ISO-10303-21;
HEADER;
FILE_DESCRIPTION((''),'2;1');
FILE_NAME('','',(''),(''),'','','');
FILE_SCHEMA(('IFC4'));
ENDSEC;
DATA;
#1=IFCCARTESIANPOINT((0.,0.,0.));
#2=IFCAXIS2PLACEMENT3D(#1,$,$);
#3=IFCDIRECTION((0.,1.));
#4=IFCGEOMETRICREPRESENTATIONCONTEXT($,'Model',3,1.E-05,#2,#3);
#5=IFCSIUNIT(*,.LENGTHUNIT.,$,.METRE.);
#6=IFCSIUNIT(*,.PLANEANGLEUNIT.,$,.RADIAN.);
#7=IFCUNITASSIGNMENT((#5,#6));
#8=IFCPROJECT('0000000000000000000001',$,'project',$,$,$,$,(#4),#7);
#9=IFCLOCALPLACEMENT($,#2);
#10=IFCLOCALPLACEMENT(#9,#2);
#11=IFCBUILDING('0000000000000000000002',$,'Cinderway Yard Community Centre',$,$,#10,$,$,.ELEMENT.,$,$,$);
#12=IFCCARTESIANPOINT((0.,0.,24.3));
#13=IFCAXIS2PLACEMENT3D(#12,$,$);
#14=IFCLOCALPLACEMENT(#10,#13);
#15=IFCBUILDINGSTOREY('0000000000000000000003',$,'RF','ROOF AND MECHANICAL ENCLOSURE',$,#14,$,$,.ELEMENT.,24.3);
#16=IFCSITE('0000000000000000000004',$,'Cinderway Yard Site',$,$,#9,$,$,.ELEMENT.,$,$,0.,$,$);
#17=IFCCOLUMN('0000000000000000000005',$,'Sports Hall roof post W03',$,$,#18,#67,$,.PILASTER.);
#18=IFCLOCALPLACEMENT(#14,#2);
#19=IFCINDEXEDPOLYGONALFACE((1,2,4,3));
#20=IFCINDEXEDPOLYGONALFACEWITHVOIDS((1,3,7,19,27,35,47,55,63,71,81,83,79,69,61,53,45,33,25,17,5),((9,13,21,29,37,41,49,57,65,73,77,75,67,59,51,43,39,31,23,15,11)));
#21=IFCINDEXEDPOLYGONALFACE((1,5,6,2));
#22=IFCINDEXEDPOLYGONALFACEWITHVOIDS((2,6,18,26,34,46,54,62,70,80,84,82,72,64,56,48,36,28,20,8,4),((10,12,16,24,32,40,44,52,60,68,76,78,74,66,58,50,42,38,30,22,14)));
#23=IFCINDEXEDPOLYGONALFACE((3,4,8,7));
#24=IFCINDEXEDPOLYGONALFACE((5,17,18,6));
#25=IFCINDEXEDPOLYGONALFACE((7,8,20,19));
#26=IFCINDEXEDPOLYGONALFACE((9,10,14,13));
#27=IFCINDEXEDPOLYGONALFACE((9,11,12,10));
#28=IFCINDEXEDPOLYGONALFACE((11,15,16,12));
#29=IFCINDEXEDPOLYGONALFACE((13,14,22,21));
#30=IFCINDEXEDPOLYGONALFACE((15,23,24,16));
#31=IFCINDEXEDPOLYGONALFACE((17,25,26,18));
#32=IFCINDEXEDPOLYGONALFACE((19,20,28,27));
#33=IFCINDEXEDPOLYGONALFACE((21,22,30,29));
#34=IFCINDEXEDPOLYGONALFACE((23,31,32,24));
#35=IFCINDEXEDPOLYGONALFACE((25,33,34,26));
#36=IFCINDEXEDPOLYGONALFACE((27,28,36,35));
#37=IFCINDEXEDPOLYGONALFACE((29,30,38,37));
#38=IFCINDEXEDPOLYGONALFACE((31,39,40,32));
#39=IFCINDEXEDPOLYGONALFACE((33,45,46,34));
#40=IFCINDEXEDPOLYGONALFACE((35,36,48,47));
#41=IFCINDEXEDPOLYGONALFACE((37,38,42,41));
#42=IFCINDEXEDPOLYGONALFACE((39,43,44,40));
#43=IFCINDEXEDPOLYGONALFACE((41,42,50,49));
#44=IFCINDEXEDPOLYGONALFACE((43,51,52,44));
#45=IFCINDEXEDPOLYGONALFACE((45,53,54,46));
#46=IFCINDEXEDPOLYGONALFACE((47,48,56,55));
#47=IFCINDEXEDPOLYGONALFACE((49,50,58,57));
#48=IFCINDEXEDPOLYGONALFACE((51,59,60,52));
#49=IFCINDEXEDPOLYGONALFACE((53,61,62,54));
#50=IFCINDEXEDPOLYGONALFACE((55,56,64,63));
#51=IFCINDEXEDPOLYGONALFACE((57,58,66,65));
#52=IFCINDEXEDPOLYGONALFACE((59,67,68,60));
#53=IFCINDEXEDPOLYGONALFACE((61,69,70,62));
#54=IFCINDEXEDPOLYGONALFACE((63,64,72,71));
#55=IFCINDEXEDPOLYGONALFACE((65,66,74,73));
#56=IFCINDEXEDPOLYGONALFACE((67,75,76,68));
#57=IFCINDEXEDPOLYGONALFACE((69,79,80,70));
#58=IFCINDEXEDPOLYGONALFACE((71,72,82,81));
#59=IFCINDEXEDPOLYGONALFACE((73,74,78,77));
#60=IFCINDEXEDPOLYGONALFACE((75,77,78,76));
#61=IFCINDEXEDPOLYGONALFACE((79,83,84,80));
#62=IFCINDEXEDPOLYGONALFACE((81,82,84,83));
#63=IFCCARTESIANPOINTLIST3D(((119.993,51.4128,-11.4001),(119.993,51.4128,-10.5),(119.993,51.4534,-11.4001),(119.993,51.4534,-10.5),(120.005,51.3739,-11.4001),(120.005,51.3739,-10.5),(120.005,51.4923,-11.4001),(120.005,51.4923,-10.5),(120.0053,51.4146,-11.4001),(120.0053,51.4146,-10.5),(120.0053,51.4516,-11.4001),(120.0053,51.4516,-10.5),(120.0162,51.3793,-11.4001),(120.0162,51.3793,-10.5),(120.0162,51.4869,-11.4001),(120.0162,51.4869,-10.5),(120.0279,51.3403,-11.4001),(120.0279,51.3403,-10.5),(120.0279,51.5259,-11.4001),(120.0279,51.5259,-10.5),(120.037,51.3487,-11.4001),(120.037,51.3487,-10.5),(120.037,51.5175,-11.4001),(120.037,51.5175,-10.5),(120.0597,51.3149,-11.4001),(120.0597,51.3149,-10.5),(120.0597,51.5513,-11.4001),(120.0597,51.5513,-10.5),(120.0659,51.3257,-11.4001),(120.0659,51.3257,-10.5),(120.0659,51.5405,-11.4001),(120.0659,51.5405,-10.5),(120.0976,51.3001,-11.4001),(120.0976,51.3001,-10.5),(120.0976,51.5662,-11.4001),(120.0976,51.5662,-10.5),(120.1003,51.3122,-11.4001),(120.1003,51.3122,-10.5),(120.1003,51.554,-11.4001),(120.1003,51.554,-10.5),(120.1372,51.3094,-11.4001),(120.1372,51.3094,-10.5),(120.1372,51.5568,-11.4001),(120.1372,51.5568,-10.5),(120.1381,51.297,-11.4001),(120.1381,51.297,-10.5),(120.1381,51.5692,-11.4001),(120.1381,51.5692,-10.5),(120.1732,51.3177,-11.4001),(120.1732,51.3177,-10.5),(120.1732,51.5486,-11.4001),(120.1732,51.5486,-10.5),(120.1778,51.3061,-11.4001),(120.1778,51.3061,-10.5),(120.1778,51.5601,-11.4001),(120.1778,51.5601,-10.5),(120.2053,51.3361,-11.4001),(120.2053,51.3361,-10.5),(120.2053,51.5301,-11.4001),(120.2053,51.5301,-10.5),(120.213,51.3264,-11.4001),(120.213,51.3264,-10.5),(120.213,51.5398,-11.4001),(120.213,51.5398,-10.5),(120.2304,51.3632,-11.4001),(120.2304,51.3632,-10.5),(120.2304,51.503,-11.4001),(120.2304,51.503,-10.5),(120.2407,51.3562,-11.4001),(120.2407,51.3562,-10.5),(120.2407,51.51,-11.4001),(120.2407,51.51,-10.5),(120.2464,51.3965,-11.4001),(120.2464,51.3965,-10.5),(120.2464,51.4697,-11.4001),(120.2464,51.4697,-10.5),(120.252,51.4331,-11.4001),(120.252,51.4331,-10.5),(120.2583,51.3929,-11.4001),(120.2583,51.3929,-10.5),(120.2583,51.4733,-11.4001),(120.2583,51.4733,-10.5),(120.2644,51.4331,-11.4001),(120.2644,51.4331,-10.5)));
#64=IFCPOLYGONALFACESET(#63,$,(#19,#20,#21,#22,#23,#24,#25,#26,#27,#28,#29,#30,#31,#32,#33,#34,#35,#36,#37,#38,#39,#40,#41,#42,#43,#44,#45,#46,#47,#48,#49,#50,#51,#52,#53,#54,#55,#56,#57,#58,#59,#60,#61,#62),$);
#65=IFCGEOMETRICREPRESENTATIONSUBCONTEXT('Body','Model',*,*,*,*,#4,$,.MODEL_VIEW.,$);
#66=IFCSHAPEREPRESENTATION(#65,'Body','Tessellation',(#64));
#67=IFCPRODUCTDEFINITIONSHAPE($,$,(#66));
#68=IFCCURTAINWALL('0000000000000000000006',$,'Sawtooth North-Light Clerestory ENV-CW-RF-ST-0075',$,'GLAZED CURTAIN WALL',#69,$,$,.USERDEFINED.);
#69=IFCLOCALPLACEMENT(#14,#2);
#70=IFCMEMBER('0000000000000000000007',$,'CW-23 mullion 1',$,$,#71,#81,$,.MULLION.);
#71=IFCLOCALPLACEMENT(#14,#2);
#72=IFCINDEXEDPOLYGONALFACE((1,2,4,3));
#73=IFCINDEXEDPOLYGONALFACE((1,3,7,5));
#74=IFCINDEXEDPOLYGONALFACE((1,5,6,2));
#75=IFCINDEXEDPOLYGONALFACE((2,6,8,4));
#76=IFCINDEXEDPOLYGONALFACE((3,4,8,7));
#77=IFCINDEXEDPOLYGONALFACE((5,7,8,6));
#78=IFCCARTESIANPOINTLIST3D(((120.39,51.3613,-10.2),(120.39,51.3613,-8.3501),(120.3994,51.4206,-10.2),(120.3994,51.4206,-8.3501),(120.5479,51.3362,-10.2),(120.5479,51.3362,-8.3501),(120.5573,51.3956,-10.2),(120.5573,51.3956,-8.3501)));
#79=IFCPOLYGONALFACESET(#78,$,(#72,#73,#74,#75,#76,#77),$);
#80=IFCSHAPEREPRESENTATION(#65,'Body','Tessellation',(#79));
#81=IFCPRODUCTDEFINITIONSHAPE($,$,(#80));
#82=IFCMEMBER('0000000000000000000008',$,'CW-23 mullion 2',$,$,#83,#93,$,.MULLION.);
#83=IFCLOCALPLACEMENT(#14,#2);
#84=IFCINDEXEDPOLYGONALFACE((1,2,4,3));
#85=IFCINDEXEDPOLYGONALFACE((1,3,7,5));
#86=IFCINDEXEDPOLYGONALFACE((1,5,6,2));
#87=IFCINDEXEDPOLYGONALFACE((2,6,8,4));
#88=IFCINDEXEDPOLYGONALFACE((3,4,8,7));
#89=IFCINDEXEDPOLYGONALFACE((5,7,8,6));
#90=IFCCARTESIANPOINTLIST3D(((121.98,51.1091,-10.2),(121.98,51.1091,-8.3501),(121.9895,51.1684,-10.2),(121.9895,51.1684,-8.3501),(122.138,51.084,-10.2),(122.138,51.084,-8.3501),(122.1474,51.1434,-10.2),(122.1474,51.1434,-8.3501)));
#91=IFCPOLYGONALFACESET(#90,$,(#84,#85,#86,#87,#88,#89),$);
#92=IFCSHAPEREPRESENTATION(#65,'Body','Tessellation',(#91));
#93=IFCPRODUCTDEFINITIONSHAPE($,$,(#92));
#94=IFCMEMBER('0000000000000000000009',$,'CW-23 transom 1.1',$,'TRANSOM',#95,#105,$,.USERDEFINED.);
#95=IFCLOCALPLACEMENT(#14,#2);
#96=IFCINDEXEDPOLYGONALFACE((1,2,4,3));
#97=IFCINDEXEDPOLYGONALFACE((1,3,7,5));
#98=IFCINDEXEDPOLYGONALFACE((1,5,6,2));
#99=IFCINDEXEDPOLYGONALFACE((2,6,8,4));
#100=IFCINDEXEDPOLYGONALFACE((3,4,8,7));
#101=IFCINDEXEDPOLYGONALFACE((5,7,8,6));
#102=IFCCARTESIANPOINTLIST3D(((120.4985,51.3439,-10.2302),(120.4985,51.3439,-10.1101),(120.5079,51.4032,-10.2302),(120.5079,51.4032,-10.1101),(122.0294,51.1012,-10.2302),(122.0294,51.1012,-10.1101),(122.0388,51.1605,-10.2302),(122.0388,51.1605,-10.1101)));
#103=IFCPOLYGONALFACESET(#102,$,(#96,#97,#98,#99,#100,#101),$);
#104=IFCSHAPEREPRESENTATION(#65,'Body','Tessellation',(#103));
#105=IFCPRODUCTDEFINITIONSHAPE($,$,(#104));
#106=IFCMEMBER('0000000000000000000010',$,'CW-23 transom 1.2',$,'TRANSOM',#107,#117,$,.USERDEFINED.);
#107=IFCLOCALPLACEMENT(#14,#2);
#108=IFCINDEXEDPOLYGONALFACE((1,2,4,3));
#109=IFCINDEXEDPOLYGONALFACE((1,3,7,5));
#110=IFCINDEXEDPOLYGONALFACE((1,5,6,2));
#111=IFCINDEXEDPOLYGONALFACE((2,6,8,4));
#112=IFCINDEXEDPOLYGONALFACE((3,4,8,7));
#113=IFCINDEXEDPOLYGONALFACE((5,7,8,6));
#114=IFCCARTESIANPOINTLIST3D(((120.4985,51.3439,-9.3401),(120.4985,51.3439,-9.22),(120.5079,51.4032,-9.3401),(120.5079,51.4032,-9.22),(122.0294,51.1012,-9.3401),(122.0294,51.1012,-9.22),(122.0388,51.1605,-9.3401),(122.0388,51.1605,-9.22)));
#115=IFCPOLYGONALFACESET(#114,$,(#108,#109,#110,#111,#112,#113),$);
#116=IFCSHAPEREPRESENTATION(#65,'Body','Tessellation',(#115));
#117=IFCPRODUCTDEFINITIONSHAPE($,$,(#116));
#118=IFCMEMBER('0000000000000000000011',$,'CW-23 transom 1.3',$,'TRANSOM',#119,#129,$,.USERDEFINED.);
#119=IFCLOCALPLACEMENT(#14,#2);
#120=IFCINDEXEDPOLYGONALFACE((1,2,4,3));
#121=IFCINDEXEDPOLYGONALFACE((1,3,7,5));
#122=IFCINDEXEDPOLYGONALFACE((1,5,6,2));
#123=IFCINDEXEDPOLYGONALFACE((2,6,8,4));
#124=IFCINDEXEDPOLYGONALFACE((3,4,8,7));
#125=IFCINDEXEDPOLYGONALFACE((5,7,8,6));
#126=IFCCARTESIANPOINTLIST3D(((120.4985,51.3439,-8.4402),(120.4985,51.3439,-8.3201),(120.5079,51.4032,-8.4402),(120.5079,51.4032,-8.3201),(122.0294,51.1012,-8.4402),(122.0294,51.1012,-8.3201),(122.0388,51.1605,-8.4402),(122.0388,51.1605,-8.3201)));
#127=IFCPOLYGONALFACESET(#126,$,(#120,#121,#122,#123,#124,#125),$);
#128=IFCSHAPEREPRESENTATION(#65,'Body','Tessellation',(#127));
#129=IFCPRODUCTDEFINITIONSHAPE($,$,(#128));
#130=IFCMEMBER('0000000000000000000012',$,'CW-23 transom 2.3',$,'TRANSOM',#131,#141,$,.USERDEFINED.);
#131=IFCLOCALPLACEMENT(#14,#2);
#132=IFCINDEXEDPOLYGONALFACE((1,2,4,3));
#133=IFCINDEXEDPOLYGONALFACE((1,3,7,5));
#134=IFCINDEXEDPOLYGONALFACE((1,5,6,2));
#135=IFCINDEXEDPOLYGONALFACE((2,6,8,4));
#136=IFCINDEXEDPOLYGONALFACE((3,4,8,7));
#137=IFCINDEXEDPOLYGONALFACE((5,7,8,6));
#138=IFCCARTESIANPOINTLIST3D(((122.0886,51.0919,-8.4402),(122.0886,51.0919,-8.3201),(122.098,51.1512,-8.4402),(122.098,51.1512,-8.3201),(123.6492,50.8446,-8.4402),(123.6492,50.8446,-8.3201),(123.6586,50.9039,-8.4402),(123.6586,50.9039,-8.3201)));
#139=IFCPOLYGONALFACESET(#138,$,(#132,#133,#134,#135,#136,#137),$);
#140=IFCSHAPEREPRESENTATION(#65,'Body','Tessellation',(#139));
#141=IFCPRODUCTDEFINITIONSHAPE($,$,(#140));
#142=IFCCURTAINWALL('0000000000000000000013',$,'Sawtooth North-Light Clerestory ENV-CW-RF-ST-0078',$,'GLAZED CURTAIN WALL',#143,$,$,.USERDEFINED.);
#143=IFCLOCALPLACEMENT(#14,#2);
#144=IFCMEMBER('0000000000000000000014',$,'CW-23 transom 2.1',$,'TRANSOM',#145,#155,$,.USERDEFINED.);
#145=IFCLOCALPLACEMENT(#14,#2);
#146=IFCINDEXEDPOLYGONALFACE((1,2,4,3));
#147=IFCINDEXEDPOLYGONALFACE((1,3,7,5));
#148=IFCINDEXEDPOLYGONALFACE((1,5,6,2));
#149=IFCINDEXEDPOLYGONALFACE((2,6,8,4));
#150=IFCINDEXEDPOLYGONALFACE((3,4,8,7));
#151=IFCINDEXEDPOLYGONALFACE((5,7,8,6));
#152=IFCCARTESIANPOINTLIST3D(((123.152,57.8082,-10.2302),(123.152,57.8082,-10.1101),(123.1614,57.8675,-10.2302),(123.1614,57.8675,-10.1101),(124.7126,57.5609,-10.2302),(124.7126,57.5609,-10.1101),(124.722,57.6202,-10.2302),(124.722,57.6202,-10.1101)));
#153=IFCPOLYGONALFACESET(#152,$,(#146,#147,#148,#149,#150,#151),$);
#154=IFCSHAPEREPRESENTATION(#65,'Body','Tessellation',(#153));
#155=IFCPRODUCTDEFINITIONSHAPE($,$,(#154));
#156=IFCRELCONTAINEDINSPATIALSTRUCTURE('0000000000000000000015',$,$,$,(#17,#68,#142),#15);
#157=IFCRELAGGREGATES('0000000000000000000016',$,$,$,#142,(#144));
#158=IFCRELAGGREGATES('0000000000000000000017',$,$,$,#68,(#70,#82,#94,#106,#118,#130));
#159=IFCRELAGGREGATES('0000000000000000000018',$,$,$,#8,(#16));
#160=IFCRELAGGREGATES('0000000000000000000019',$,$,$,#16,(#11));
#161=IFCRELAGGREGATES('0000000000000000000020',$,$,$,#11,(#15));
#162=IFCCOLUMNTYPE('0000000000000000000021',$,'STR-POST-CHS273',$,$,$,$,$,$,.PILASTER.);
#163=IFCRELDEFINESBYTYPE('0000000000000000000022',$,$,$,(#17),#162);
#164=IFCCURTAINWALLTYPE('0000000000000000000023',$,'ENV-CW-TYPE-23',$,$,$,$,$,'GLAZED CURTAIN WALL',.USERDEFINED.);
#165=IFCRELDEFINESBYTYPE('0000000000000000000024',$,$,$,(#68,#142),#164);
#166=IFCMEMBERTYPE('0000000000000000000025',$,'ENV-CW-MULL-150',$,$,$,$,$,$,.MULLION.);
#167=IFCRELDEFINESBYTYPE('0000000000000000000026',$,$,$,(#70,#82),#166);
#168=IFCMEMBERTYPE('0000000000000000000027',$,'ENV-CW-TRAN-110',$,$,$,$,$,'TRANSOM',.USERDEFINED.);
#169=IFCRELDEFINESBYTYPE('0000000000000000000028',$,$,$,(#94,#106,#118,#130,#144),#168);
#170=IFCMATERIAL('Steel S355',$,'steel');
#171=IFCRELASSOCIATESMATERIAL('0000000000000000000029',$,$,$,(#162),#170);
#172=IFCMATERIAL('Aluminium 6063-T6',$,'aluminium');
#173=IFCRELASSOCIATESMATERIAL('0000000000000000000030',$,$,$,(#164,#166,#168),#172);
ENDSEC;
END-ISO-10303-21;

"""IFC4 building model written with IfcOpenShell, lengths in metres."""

from ifc_helpers import new_model, si_unit, direction, frame, origin, origin_2d, place, context, subcontext, project, spatial, rectangle, hollow_circle, extrude, material, material_profile, profile_set, type_object, element, aggregate, save


model = new_model("IFC4")

# Units and contexts
model_context = context("Model", 3, precision=1e-05, world=origin(), true_north=direction((0.0, 1.0)))
body_context = subcontext(model_context, "Body", "Model", "MODEL_VIEW")
ifc_project = project(units=[si_unit("LENGTHUNIT", "METRE"), si_unit("PLANEANGLEUNIT", "RADIAN")], contexts=[model_context])

# Site, building, storey
site_placement = place(None, origin())
site = spatial("IfcSite", under=ifc_project, at=site_placement, Name="Cinderway Yard Site", CompositionType="ELEMENT", RefElevation=0.0)
building_placement = place(site_placement, origin())
building = spatial("IfcBuilding", under=site, at=building_placement, Name="Cinderway Yard Community Centre", CompositionType="ELEMENT")
storey_placement = place(building_placement, frame((0.0, 0.0, 24.3)))
storey = spatial("IfcBuildingStorey", under=building, at=storey_placement, Name="RF", Description="ROOF AND MECHANICAL ENCLOSURE", CompositionType="ELEMENT", Elevation=24.3)

# Column
ifc_material_1 = material(Name="Steel S355", Category="steel")
ifc_material_profile_1 = material_profile(ifc_material_1, hollow_circle(Radius=0.1365, WallThickness=0.0125, at=origin_2d()), Name="Steel S355")
ifc_profile_set_1 = profile_set([ifc_material_profile_1], Name="Steel S355")
column_type = type_object("IfcColumnType", Name="STR-POST-CHS273", PredefinedType="PILASTER", material=ifc_profile_set_1)
column_placement = place(storey_placement, frame((120.1279, 51.4331, -11.4001), z_axis=(0.0, 0.0, 1.0), x_axis=(1.0, 0.0, 0.0)))
element("IfcColumn", 1, at=column_placement, inside=storey, type_object=column_type, Name="Sports Hall roof post W03", PredefinedType="PILASTER", context=body_context, shape_type="SweptSolid", body=[
    extrude(hollow_circle(Radius=0.1365, WallThickness=0.0125, at=origin_2d()), origin(), (0.0, 0.0, 1.0), 0.9001),
])

# Curtain wall, members
ifc_material_2 = material(Name="Aluminium 6063-T6", Category="aluminium")
curtain_wall_type = type_object("IfcCurtainWallType", Name="ENV-CW-TYPE-23", ElementType="GLAZED CURTAIN WALL", PredefinedType="USERDEFINED", material=ifc_material_2)
curtain_wall_1_placement = place(storey_placement, origin())
curtain_wall_1 = element("IfcCurtainWall", 2, at=curtain_wall_1_placement, inside=storey, type_object=curtain_wall_type, Name="Sawtooth North-Light Clerestory ENV-CW-RF-ST-0075", ObjectType="GLAZED CURTAIN WALL", PredefinedType="USERDEFINED")
ifc_material_profile_2 = material_profile(ifc_material_2, rectangle(XDim=0.0601, YDim=0.1599, at=origin_2d()), Name="Aluminium 6063-T6")
ifc_profile_set_2 = profile_set([ifc_material_profile_2], Name="Aluminium 6063-T6")
member_type_1 = type_object("IfcMemberType", Name="ENV-CW-MULL-150", PredefinedType="MULLION", material=ifc_profile_set_2)
member_1_placement = place(storey_placement, frame((120.4736, 51.3784, -10.2), z_axis=(0.0, 0.0, 1.0), x_axis=(0.156557, 0.987669, 0.0)))
member_1 = element("IfcMember", 3, at=member_1_placement, type_object=member_type_1, Name="CW-23 mullion 1", PredefinedType="MULLION", context=body_context, shape_type="SweptSolid", body=[
    extrude(rectangle(XDim=0.0601, YDim=0.1599, at=origin_2d()), origin(), (0.0, 0.0, 1.0), 1.8499),
])
member_2_placement = place(storey_placement, frame((122.0637, 51.1262, -10.2), z_axis=(0.0, 0.0, 1.0), x_axis=(0.156557, 0.987669, 0.0)))
member_2 = element("IfcMember", 4, at=member_2_placement, type_object=member_type_1, Name="CW-23 mullion 2", PredefinedType="MULLION", context=body_context, shape_type="SweptSolid", body=[
    extrude(rectangle(XDim=0.0601, YDim=0.1599, at=origin_2d()), origin(), (0.0, 0.0, 1.0), 1.8499),
])
ifc_material_profile_3 = material_profile(ifc_material_2, rectangle(XDim=0.0601, YDim=0.1201, at=origin_2d()), Name="Aluminium 6063-T6")
ifc_profile_set_3 = profile_set([ifc_material_profile_3], Name="Aluminium 6063-T6")
member_type_2 = type_object("IfcMemberType", Name="ENV-CW-TRAN-110", ElementType="TRANSOM", PredefinedType="USERDEFINED", material=ifc_profile_set_3)
member_3_placement = place(storey_placement, frame((120.5032, 51.3735, -10.1702), z_axis=(0.98767, -0.156553, 0.0), x_axis=(0.156553, 0.98767, 0.0)))
member_3 = element("IfcMember", 5, at=member_3_placement, type_object=member_type_2, Name="CW-23 transom 1.1", ObjectType="TRANSOM", PredefinedType="USERDEFINED", context=body_context, shape_type="SweptSolid", body=[
    extrude(rectangle(XDim=0.0601, YDim=0.1201, at=origin_2d()), origin(), (0.0, 0.0, 1.0), 1.55),
])
member_4_placement = place(storey_placement, frame((120.5032, 51.3735, -9.28), z_axis=(0.98767, -0.156553, 0.0), x_axis=(0.156553, 0.98767, 0.0)))
member_4 = element("IfcMember", 6, at=member_4_placement, type_object=member_type_2, Name="CW-23 transom 1.2", ObjectType="TRANSOM", PredefinedType="USERDEFINED", context=body_context, shape_type="SweptSolid", body=[
    extrude(rectangle(XDim=0.0601, YDim=0.1201, at=origin_2d()), origin(), (0.0, 0.0, 1.0), 1.55),
])
member_5_placement = place(storey_placement, frame((120.5032, 51.3735, -8.3801), z_axis=(0.98767, -0.156553, 0.0), x_axis=(0.156553, 0.98767, 0.0)))
member_5 = element("IfcMember", 7, at=member_5_placement, type_object=member_type_2, Name="CW-23 transom 1.3", ObjectType="TRANSOM", PredefinedType="USERDEFINED", context=body_context, shape_type="SweptSolid", body=[
    extrude(rectangle(XDim=0.0601, YDim=0.1201, at=origin_2d()), origin(), (0.0, 0.0, 1.0), 1.55),
])
member_6_placement = place(storey_placement, frame((122.0933, 51.1216, -8.3801), z_axis=(0.987674, -0.156526, 0.0), x_axis=(0.156526, 0.987674, 0.0)))
member_6 = element("IfcMember", 8, at=member_6_placement, type_object=member_type_2, Name="CW-23 transom 2.3", ObjectType="TRANSOM", PredefinedType="USERDEFINED", context=body_context, shape_type="SweptSolid", body=[
    extrude(rectangle(XDim=0.0601, YDim=0.1201, at=origin_2d()), origin(), (0.0, 0.0, 1.0), 1.5801),
])

# Curtain wall, member
curtain_wall_2_placement = place(storey_placement, origin())
curtain_wall_2 = element("IfcCurtainWall", 9, at=curtain_wall_2_placement, inside=storey, type_object=curtain_wall_type, Name="Sawtooth North-Light Clerestory ENV-CW-RF-ST-0078", ObjectType="GLAZED CURTAIN WALL", PredefinedType="USERDEFINED")
member_7_placement = place(storey_placement, frame((123.1567, 57.8379, -10.1702), z_axis=(0.987674, -0.156526, 0.0), x_axis=(0.156526, 0.987674, 0.0)))
member_7 = element("IfcMember", 10, at=member_7_placement, type_object=member_type_2, Name="CW-23 transom 2.1", ObjectType="TRANSOM", PredefinedType="USERDEFINED", context=body_context, shape_type="SweptSolid", body=[
    extrude(rectangle(XDim=0.0601, YDim=0.1201, at=origin_2d()), origin(), (0.0, 0.0, 1.0), 1.5801),
])
aggregate(curtain_wall_2, [member_7])

aggregate(curtain_wall_1, [member_1, member_2, member_3, member_4, member_5, member_6])

save(model, "model.ifc")
